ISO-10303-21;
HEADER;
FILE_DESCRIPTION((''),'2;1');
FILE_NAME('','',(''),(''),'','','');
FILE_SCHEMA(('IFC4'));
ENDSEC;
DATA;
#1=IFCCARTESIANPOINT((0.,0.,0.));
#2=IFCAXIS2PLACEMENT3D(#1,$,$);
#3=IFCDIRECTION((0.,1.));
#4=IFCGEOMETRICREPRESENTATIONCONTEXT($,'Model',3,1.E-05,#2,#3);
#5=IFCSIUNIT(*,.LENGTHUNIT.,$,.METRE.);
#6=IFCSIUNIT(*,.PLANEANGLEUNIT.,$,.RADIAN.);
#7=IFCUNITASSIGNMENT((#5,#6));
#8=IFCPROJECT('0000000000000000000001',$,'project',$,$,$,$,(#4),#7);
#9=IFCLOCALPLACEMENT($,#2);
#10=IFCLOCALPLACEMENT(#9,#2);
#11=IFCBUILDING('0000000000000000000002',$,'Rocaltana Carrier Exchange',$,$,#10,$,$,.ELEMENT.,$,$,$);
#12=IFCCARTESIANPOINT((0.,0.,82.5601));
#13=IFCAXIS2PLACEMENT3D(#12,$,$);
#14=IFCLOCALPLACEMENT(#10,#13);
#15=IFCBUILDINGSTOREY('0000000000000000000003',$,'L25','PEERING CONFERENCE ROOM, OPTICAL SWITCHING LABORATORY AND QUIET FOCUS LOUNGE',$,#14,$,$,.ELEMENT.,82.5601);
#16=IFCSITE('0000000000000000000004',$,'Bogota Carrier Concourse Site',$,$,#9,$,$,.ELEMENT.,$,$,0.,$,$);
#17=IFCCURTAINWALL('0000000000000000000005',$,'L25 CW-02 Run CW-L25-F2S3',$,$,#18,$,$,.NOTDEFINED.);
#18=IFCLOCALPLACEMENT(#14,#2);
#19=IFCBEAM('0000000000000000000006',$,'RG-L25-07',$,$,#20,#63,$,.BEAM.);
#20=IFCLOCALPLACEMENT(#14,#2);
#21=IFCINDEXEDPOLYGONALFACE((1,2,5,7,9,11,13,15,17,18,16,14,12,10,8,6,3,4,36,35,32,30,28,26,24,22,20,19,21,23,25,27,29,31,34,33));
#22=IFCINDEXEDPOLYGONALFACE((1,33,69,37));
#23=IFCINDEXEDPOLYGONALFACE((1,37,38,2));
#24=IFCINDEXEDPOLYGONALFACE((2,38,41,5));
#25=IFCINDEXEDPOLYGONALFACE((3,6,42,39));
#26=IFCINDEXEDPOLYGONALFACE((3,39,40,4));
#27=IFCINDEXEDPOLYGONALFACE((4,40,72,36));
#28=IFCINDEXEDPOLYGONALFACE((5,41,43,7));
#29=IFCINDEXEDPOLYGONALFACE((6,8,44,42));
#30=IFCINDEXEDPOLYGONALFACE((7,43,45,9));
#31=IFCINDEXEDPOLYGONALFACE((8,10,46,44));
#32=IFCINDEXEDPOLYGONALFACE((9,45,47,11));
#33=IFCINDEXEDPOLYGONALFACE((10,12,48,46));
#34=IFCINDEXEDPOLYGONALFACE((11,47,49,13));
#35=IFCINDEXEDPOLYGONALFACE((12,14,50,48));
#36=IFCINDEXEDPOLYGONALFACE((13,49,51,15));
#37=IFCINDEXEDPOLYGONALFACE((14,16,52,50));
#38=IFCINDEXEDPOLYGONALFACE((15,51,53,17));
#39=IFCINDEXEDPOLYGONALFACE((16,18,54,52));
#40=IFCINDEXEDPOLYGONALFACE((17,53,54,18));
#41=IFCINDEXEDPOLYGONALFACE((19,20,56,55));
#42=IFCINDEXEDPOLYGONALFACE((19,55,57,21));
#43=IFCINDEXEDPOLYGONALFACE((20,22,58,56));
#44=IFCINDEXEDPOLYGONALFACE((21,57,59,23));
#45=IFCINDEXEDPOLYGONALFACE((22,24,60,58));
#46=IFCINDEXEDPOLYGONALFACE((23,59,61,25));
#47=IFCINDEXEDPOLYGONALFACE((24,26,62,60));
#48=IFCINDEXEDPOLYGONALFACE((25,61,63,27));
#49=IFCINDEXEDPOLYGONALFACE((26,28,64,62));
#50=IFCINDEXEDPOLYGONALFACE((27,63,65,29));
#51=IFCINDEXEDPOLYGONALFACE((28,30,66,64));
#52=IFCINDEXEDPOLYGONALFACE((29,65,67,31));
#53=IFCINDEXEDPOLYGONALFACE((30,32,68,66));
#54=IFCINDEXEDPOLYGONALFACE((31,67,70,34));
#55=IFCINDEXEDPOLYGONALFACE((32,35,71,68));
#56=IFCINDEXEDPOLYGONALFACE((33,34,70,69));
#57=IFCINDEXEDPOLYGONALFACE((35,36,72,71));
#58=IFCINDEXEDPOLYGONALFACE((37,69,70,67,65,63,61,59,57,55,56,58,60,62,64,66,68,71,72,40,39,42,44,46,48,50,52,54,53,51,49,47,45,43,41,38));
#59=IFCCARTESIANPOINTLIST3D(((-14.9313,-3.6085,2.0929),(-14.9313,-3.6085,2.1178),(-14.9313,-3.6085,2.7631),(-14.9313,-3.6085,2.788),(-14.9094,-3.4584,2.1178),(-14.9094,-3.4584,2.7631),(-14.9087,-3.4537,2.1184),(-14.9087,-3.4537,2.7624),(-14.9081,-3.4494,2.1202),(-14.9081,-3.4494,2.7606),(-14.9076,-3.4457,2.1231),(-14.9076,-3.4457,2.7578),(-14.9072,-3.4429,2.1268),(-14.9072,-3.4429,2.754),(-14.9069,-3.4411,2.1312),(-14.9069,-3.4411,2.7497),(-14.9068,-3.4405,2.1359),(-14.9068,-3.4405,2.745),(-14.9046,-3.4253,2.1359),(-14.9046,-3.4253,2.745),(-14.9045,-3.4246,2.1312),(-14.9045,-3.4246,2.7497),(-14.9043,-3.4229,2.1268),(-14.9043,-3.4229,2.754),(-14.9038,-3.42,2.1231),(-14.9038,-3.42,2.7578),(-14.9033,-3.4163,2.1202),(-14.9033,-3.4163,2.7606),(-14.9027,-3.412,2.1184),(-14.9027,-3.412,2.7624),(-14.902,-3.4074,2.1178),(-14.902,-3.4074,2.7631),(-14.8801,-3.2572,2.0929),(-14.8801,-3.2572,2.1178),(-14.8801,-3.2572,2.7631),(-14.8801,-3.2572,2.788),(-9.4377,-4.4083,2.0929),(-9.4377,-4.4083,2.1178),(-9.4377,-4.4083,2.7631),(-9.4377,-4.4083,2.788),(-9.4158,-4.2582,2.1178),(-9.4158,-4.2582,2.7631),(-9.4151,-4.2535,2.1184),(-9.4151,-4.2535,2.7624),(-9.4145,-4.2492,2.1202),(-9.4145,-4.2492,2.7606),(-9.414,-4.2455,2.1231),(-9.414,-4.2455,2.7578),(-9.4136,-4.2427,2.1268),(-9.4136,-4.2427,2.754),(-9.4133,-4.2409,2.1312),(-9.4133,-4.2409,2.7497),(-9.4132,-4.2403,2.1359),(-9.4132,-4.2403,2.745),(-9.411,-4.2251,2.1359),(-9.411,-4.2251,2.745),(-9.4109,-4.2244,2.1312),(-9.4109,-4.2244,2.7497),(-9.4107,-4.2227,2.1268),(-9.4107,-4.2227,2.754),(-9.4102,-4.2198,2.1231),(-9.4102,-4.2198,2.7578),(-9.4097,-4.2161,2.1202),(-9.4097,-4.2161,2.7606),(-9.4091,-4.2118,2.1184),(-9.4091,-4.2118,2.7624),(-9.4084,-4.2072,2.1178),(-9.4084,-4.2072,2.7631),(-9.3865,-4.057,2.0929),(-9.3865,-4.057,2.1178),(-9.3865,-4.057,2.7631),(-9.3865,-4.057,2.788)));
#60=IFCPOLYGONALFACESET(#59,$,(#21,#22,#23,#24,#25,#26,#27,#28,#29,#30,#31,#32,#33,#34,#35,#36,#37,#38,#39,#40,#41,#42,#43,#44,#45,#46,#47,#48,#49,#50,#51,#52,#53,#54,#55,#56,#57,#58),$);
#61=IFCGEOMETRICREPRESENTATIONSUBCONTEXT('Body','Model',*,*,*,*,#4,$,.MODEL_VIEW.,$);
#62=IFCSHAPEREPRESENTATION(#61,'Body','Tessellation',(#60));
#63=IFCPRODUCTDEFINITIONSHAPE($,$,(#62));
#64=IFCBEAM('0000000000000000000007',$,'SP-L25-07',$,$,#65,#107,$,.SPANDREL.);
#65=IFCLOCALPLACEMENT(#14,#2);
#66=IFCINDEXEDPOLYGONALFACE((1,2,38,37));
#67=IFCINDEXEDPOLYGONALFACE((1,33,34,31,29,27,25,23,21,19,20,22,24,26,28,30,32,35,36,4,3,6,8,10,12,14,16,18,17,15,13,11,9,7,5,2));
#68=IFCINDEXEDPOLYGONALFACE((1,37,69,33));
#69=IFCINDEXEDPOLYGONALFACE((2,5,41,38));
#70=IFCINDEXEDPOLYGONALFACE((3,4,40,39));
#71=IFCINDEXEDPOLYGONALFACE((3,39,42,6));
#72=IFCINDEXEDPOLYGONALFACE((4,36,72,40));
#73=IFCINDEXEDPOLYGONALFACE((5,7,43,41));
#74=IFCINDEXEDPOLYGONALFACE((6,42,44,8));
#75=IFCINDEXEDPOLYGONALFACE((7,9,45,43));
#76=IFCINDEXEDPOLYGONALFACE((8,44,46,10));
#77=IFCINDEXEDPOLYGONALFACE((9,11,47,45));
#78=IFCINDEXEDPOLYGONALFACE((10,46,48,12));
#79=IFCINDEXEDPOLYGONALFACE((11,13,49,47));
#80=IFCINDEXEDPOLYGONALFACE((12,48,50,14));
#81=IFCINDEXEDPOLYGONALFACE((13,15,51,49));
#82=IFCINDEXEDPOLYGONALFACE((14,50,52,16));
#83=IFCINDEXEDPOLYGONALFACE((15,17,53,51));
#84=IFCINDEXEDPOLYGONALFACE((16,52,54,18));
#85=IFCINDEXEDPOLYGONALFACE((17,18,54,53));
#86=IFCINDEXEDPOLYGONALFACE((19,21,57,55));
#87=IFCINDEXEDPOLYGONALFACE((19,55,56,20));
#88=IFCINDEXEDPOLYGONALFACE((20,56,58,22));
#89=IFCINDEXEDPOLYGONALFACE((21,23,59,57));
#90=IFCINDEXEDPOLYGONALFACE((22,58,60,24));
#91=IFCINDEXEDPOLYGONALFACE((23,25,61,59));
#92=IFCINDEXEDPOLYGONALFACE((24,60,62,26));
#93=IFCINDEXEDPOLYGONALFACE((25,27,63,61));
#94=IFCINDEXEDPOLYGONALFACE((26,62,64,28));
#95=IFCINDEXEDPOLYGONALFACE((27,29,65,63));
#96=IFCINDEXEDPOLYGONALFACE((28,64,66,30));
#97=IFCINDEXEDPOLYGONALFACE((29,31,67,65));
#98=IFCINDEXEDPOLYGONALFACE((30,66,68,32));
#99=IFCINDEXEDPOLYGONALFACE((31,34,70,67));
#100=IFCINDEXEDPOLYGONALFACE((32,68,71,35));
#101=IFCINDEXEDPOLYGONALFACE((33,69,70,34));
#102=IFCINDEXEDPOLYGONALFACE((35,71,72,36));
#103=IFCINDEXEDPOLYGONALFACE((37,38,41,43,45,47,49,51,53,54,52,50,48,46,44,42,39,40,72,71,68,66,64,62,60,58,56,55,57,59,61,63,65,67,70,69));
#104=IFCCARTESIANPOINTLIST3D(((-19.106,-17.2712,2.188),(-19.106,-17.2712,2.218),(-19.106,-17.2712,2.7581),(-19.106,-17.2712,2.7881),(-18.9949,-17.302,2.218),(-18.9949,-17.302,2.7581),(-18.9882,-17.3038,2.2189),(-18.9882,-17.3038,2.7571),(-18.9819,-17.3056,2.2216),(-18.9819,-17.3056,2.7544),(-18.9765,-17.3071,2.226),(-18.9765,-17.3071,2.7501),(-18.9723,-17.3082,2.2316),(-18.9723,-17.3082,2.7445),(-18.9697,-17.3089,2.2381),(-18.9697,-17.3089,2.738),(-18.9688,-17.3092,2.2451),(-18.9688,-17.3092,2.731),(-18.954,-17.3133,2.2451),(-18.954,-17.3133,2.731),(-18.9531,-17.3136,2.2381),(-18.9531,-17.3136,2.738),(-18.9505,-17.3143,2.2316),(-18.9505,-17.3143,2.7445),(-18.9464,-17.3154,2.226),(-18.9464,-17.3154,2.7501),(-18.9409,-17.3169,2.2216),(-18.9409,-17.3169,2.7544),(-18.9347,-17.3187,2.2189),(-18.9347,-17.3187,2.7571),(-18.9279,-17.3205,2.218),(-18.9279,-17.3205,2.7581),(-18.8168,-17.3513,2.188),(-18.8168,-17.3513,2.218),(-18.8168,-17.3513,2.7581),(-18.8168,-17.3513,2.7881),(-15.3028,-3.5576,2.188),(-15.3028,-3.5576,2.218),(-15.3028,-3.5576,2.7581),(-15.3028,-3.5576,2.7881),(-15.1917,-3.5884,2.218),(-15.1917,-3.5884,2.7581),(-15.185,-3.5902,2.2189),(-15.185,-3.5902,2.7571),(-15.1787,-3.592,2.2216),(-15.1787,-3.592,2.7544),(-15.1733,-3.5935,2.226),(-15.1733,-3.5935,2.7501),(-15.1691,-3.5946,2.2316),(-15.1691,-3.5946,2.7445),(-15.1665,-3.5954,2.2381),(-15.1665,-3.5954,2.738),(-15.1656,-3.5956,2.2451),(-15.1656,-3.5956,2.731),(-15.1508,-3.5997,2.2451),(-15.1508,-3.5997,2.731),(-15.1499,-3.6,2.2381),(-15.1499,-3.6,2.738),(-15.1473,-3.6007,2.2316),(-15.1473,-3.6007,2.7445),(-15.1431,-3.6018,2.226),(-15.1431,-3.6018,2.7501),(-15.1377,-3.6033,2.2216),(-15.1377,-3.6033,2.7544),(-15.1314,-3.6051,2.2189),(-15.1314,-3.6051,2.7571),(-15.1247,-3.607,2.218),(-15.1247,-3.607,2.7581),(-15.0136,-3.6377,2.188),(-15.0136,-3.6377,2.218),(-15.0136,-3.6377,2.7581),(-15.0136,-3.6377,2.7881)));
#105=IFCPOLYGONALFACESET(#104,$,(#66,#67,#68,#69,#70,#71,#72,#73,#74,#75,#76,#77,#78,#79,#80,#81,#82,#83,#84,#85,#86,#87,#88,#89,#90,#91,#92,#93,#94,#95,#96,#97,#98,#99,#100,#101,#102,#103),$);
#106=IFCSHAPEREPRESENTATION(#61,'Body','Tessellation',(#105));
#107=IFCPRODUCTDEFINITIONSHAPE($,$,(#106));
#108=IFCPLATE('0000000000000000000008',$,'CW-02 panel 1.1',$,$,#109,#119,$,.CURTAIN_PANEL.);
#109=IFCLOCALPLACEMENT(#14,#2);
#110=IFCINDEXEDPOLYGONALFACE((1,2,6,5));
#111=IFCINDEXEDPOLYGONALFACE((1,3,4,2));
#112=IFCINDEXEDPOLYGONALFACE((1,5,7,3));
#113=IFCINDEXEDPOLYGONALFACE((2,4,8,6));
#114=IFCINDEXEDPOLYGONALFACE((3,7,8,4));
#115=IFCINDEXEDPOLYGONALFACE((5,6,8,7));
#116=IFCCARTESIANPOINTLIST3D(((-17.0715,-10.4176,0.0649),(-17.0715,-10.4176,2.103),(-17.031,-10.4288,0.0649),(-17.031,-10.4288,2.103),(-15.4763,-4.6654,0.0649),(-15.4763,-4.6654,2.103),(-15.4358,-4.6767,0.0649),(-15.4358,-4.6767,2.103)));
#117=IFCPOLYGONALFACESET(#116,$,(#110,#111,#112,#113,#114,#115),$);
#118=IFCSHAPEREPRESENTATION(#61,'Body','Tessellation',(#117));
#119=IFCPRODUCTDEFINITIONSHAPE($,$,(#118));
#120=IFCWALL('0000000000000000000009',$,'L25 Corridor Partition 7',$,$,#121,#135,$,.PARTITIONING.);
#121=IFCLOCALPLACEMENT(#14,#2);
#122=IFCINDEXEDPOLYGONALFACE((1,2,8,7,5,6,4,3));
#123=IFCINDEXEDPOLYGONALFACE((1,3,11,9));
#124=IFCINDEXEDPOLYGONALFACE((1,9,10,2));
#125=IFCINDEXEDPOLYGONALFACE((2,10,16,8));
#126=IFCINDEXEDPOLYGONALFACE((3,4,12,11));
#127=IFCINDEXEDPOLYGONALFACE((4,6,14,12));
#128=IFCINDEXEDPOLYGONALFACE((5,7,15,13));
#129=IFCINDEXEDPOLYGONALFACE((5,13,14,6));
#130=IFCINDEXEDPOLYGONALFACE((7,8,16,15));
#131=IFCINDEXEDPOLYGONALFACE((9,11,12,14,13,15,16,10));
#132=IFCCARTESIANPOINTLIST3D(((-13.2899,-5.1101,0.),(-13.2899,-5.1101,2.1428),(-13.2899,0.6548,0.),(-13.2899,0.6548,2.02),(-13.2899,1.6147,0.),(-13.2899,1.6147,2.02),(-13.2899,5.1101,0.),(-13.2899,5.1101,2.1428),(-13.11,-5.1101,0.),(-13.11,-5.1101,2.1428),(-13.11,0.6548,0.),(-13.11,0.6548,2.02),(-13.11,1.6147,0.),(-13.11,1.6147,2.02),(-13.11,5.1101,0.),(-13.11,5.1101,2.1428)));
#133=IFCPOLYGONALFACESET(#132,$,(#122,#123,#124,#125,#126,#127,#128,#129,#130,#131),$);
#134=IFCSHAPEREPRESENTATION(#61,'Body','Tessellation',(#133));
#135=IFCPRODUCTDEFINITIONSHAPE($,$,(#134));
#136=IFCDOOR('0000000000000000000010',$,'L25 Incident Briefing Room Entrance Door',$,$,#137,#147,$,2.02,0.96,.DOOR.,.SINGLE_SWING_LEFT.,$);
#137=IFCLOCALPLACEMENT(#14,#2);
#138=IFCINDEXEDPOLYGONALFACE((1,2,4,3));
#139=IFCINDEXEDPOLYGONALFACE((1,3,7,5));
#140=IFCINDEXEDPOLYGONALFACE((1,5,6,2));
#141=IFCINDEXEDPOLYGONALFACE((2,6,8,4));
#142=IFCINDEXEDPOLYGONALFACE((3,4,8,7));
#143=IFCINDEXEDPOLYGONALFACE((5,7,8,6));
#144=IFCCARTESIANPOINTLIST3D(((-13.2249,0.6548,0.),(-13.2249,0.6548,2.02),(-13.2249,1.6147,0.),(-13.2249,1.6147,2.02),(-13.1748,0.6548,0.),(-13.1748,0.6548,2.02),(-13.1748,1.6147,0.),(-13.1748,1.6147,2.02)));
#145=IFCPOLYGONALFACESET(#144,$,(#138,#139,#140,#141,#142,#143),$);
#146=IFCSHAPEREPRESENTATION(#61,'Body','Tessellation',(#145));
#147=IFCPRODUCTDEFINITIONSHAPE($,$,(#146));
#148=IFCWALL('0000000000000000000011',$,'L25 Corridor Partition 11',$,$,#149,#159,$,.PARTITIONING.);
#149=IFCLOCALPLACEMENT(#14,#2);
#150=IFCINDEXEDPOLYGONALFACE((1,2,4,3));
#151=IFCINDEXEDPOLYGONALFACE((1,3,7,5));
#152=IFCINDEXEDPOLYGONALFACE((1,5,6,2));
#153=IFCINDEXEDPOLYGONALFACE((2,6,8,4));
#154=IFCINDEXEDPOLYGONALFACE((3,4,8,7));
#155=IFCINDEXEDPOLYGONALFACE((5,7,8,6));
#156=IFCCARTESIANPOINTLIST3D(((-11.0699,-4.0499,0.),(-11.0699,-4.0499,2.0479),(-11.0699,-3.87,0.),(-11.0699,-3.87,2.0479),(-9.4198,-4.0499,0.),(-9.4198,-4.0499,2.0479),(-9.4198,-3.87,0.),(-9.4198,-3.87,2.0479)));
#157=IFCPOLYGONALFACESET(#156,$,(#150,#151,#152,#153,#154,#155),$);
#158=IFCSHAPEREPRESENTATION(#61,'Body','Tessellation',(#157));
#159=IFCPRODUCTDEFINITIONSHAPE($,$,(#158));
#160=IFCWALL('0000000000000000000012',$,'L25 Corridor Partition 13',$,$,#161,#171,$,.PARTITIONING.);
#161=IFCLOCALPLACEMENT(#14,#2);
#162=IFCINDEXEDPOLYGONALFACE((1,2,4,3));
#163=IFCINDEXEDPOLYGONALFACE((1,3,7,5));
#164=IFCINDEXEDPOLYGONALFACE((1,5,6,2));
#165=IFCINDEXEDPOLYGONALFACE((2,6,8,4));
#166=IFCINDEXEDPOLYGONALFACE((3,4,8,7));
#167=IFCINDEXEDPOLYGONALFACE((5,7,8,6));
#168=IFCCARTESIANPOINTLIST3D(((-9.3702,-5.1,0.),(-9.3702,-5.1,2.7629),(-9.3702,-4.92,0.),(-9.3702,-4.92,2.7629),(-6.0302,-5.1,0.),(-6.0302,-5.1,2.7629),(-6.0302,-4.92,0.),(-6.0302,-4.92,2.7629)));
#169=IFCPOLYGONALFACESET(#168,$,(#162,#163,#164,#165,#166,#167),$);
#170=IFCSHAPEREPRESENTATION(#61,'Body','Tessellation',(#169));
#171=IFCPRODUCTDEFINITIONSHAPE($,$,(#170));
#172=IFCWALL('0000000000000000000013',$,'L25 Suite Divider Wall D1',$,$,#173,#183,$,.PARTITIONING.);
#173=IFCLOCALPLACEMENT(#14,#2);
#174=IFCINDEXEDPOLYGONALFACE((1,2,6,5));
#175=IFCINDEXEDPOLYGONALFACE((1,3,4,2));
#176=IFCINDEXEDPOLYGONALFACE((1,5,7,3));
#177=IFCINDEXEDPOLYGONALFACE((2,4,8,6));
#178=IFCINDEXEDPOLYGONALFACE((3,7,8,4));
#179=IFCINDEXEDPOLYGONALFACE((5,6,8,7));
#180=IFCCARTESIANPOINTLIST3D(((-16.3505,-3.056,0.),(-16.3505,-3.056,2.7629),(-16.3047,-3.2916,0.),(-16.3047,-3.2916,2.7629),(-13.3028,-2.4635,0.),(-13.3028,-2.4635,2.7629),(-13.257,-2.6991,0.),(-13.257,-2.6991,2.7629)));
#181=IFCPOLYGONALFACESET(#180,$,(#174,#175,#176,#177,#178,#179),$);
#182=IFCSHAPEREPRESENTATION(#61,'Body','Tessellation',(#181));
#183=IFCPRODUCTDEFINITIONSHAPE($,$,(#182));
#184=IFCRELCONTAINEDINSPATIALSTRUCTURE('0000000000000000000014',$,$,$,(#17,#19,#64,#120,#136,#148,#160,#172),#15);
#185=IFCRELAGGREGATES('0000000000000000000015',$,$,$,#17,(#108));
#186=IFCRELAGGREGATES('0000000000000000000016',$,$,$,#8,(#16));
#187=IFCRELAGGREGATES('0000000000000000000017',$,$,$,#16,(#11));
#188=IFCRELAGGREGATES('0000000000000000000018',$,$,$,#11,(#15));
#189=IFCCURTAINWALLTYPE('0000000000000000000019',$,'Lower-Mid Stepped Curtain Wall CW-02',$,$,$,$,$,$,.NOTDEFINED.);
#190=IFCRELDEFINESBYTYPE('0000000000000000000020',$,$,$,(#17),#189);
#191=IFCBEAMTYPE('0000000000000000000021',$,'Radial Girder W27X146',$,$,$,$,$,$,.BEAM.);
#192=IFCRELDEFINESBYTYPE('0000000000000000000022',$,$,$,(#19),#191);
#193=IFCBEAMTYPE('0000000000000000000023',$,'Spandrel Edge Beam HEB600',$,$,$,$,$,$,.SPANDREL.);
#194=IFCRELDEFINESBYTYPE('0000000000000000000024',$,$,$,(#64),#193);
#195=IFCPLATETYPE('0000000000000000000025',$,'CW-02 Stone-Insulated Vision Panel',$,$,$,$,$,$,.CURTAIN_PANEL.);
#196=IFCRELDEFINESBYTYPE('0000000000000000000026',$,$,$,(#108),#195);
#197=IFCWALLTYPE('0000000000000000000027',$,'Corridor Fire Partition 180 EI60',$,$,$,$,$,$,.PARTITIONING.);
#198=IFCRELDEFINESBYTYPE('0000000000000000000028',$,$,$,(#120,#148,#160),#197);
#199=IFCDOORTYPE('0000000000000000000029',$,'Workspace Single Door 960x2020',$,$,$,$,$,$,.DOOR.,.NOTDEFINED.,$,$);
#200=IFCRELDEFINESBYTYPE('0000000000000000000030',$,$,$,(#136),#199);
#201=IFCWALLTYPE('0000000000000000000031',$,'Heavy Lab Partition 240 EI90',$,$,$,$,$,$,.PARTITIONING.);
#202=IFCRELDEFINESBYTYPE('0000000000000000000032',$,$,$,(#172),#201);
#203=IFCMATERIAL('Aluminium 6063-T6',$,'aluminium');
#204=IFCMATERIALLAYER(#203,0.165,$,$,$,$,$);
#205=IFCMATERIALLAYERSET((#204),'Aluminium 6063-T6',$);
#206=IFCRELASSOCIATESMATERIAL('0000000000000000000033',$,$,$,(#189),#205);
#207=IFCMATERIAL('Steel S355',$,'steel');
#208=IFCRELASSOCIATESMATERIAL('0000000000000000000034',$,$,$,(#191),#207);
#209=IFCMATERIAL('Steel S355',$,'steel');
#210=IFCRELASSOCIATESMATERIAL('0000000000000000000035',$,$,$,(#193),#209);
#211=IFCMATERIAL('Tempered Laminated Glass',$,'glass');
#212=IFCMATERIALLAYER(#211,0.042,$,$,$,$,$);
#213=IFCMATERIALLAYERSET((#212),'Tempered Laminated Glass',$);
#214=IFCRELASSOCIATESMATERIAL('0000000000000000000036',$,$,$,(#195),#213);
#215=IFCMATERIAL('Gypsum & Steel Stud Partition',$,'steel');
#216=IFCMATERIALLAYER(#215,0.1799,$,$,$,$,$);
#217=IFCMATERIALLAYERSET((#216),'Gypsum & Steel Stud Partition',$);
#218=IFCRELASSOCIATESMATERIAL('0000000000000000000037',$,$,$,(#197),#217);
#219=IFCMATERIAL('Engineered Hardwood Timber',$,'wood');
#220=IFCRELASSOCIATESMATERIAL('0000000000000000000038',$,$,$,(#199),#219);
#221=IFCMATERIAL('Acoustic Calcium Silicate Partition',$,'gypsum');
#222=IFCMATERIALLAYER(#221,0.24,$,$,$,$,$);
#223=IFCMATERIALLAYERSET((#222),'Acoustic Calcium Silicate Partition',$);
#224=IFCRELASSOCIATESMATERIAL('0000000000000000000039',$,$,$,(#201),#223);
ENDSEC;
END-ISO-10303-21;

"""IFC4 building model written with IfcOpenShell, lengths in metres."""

from ifc_helpers import new_model, si_unit, direction, frame, frame_2d, origin, origin_2d, place, context, subcontext, project, spatial, rectangle, i_section, extrude, material, layer, layer_set, material_profile, profile_set, type_object, element, fill, aggregate, save


model = new_model("IFC4")

# Units and contexts
model_context = context("Model", 3, precision=1e-05, world=origin(), true_north=direction((0.0, 1.0)))
body_context = subcontext(model_context, "Body", "Model", "MODEL_VIEW")
ifc_project = project(units=[si_unit("LENGTHUNIT", "METRE"), si_unit("PLANEANGLEUNIT", "RADIAN")], contexts=[model_context])

# Site, building, storey
site_placement = place(None, origin())
site = spatial("IfcSite", under=ifc_project, at=site_placement, Name="Bogota Carrier Concourse Site", CompositionType="ELEMENT", RefElevation=0.0)
building_placement = place(site_placement, origin())
building = spatial("IfcBuilding", under=site, at=building_placement, Name="Rocaltana Carrier Exchange", CompositionType="ELEMENT")
storey_placement = place(building_placement, frame((0.0, 0.0, 82.5601)))
storey = spatial("IfcBuildingStorey", under=building, at=storey_placement, Name="L25", Description="PEERING CONFERENCE ROOM, OPTICAL SWITCHING LABORATORY AND QUIET FOCUS LOUNGE", CompositionType="ELEMENT", Elevation=82.5601)

# Shared definitions
ifc_material_1 = material(Name="Aluminium 6063-T6", Category="aluminium")
ifc_layer_1 = layer(ifc_material_1, 0.165)
ifc_layer_set_1 = layer_set([ifc_layer_1], Name="Aluminium 6063-T6")
curtain_wall_type = type_object("IfcCurtainWallType", Name="Lower-Mid Stepped Curtain Wall CW-02", PredefinedType="NOTDEFINED", material=ifc_layer_set_1)

# Curtain wall
curtain_wall_1_placement = place(storey_placement, origin())
curtain_wall_1 = element("IfcCurtainWall", 1, at=curtain_wall_1_placement, inside=storey, type_object=curtain_wall_type, Name="L25 CW-02 Run CW-L25-F2S3", PredefinedType="NOTDEFINED")

# Beams
ifc_material_2 = material(Name="Steel S355", Category="steel")
ifc_material_profile_1 = material_profile(ifc_material_2, i_section(OverallWidth=0.355, OverallDepth=0.6951, WebThickness=0.0154, FlangeThickness=0.0249, FilletRadius=0.0181, at=origin_2d()), Name="W27X146")
ifc_profile_set_1 = profile_set([ifc_material_profile_1], Name="Steel S355")
beam_type_1 = type_object("IfcBeamType", Name="Radial Girder W27X146", PredefinedType="BEAM", material=ifc_profile_set_1)
beam_1_placement = place(storey_placement, frame((-9.4121, -4.2327, 2.4404), z_axis=(-0.989568, 0.144068, 0.0), x_axis=(-0.144068, -0.989568, 0.0)))
element("IfcBeam", 2, at=beam_1_placement, inside=storey, type_object=beam_type_1, Name="RG-L25-07", PredefinedType="BEAM", context=body_context, shape_type="SweptSolid", body=[
    extrude(i_section(OverallWidth=0.355, OverallDepth=0.6951, WebThickness=0.0154, FlangeThickness=0.0249, FilletRadius=0.0181, at=origin_2d()), origin(), (0.0, 0.0, 1.0), 5.5515),
])
ifc_material_3 = material(Name="Steel S355", Category="steel")
ifc_material_profile_2 = material_profile(ifc_material_3, i_section(OverallWidth=0.3, OverallDepth=0.6001, WebThickness=0.0154, FlangeThickness=0.03, FilletRadius=0.0271, at=origin_2d()), Name="HEB600")
ifc_profile_set_2 = profile_set([ifc_material_profile_2], Name="Steel S355")
beam_type_2 = type_object("IfcBeamType", Name="Spandrel Edge Beam HEB600", PredefinedType="SPANDREL", material=ifc_profile_set_2)
beam_2_placement = place(storey_placement, frame((-15.1582, -3.5977, 2.488), z_axis=(-0.267245, -0.963629, 0.0), x_axis=(0.963629, -0.267245, 0.0)))
element("IfcBeam", 3, at=beam_2_placement, inside=storey, type_object=beam_type_2, Name="SP-L25-07", PredefinedType="SPANDREL", context=body_context, shape_type="SweptSolid", body=[
    extrude(i_section(OverallWidth=0.3, OverallDepth=0.6001, WebThickness=0.0154, FlangeThickness=0.03, FilletRadius=0.0271, at=origin_2d()), origin(), (0.0, 0.0, 1.0), 14.2312),
])

# Plate
ifc_material_4 = material(Name="Tempered Laminated Glass", Category="glass")
ifc_layer_2 = layer(ifc_material_4, 0.042)
ifc_layer_set_2 = layer_set([ifc_layer_2], Name="Tempered Laminated Glass")
plate_type = type_object("IfcPlateType", Name="CW-02 Stone-Insulated Vision Panel", PredefinedType="CURTAIN_PANEL", material=ifc_layer_set_2)
plate_placement = place(storey_placement, frame((-16.2537, -7.5471, 0.0649), z_axis=(0.0, 0.0, 1.0), x_axis=(-0.267243, -0.963629, 0.0)))
plate = element("IfcPlate", 4, at=plate_placement, type_object=plate_type, Name="CW-02 panel 1.1", PredefinedType="CURTAIN_PANEL", context=body_context, shape_type="SweptSolid", body=[
    extrude(rectangle(XDim=5.9692, YDim=0.042, at=origin_2d()), origin(), (0.0, 0.0, 1.0), 2.0381),
])
aggregate(curtain_wall_1, [plate])

# Wall, opening, door
ifc_material_5 = material(Name="Gypsum & Steel Stud Partition", Category="steel")
ifc_layer_3 = layer(ifc_material_5, 0.1799)
ifc_layer_set_3 = layer_set([ifc_layer_3], Name="Gypsum & Steel Stud Partition")
wall_type_1 = type_object("IfcWallType", Name="Corridor Fire Partition 180 EI60", PredefinedType="PARTITIONING", material=ifc_layer_set_3)
wall_1_placement = place(storey_placement, frame((-13.2, -5.1101, 0.0), z_axis=(0.0, 0.0, 1.0), x_axis=(0.0, 1.0, 0.0)))
wall_1 = element("IfcWall", 5, at=wall_1_placement, inside=storey, type_object=wall_type_1, Name="L25 Corridor Partition 7", PredefinedType="PARTITIONING", context=body_context, shape_type="SweptSolid", body=[
    extrude(rectangle(XDim=10.2202, YDim=0.1799, at=frame_2d((5.1101, 0.0))), origin(), (0.0, 0.0, 1.0), 2.1428),
])
opening_placement = place(wall_1_placement, frame((5.7649, 0.0, 0.0)))
opening = element("IfcOpeningElement", 6, at=opening_placement, cuts=wall_1, PredefinedType="OPENING", context=body_context, shape_type="SweptSolid", body=[
    extrude(rectangle(XDim=0.96, YDim=2.02, at=frame_2d((0.48, 1.01))), frame((0.0, 0.0999, 0.0), z_axis=(0.0, -1.0, 0.0), x_axis=(1.0, 0.0, 0.0)), (0.0, 0.0, 1.0), 0.2),
])
ifc_material_6 = material(Name="Engineered Hardwood Timber", Category="wood")
door_type = type_object("IfcDoorType", Name="Workspace Single Door 960x2020", OperationType="NOTDEFINED", PredefinedType="DOOR", material=ifc_material_6)
door_placement = place(opening_placement, origin())
door = element("IfcDoor", 7, at=door_placement, inside=storey, type_object=door_type, Name="L25 Incident Briefing Room Entrance Door", OperationType="SINGLE_SWING_LEFT", OverallHeight=2.02, OverallWidth=0.96, PredefinedType="DOOR", context=body_context, shape_type="SweptSolid", body=[
    extrude(rectangle(XDim=0.96, YDim=2.02, at=frame_2d((0.48, 1.01))), frame((0.0, 0.0249, 0.0), z_axis=(0.0, -1.0, 0.0), x_axis=(1.0, 0.0, 0.0)), (0.0, 0.0, 1.0), 0.05),
])
fill(opening, door)

# Walls
wall_2_placement = place(storey_placement, frame((-11.0701, -3.96, 0.0), z_axis=(0.0, 0.0, 1.0), x_axis=(1.0, 0.0, 0.0)))
element("IfcWall", 8, at=wall_2_placement, inside=storey, type_object=wall_type_1, Name="L25 Corridor Partition 11", PredefinedType="PARTITIONING", context=body_context, shape_type="SweptSolid", body=[
    extrude(rectangle(XDim=1.6501, YDim=0.1799, at=frame_2d((0.8252, 0.0))), origin(), (0.0, 0.0, 1.0), 2.0479),
])
wall_3_placement = place(storey_placement, frame((-9.3701, -5.01, 0.0), z_axis=(0.0, 0.0, 1.0), x_axis=(1.0, 0.0, 0.0)))
element("IfcWall", 9, at=wall_3_placement, inside=storey, type_object=wall_type_1, Name="L25 Corridor Partition 13", PredefinedType="PARTITIONING", context=body_context, shape_type="SweptSolid", body=[
    extrude(rectangle(XDim=3.3401, YDim=0.1799, at=frame_2d((1.6699, 0.0))), origin(), (0.0, 0.0, 1.0), 2.7629),
])
ifc_material_7 = material(Name="Acoustic Calcium Silicate Partition", Category="gypsum")
ifc_layer_4 = layer(ifc_material_7, 0.24)
ifc_layer_set_4 = layer_set([ifc_layer_4], Name="Acoustic Calcium Silicate Partition")
wall_type_2 = type_object("IfcWallType", Name="Heavy Lab Partition 240 EI90", PredefinedType="PARTITIONING", material=ifc_layer_set_4)
wall_4_placement = place(storey_placement, frame((-13.28, -2.5813, 0.0), z_axis=(0.0, 0.0, 1.0), x_axis=(-0.981619, -0.190851, 0.0)))
element("IfcWall", 10, at=wall_4_placement, inside=storey, type_object=wall_type_2, Name="L25 Suite Divider Wall D1", PredefinedType="PARTITIONING", context=body_context, shape_type="SweptSolid", body=[
    extrude(rectangle(XDim=3.1047, YDim=0.24, at=frame_2d((1.5522, 0.0))), origin(), (0.0, 0.0, 1.0), 2.7629),
])

save(model, "model.ifc")
